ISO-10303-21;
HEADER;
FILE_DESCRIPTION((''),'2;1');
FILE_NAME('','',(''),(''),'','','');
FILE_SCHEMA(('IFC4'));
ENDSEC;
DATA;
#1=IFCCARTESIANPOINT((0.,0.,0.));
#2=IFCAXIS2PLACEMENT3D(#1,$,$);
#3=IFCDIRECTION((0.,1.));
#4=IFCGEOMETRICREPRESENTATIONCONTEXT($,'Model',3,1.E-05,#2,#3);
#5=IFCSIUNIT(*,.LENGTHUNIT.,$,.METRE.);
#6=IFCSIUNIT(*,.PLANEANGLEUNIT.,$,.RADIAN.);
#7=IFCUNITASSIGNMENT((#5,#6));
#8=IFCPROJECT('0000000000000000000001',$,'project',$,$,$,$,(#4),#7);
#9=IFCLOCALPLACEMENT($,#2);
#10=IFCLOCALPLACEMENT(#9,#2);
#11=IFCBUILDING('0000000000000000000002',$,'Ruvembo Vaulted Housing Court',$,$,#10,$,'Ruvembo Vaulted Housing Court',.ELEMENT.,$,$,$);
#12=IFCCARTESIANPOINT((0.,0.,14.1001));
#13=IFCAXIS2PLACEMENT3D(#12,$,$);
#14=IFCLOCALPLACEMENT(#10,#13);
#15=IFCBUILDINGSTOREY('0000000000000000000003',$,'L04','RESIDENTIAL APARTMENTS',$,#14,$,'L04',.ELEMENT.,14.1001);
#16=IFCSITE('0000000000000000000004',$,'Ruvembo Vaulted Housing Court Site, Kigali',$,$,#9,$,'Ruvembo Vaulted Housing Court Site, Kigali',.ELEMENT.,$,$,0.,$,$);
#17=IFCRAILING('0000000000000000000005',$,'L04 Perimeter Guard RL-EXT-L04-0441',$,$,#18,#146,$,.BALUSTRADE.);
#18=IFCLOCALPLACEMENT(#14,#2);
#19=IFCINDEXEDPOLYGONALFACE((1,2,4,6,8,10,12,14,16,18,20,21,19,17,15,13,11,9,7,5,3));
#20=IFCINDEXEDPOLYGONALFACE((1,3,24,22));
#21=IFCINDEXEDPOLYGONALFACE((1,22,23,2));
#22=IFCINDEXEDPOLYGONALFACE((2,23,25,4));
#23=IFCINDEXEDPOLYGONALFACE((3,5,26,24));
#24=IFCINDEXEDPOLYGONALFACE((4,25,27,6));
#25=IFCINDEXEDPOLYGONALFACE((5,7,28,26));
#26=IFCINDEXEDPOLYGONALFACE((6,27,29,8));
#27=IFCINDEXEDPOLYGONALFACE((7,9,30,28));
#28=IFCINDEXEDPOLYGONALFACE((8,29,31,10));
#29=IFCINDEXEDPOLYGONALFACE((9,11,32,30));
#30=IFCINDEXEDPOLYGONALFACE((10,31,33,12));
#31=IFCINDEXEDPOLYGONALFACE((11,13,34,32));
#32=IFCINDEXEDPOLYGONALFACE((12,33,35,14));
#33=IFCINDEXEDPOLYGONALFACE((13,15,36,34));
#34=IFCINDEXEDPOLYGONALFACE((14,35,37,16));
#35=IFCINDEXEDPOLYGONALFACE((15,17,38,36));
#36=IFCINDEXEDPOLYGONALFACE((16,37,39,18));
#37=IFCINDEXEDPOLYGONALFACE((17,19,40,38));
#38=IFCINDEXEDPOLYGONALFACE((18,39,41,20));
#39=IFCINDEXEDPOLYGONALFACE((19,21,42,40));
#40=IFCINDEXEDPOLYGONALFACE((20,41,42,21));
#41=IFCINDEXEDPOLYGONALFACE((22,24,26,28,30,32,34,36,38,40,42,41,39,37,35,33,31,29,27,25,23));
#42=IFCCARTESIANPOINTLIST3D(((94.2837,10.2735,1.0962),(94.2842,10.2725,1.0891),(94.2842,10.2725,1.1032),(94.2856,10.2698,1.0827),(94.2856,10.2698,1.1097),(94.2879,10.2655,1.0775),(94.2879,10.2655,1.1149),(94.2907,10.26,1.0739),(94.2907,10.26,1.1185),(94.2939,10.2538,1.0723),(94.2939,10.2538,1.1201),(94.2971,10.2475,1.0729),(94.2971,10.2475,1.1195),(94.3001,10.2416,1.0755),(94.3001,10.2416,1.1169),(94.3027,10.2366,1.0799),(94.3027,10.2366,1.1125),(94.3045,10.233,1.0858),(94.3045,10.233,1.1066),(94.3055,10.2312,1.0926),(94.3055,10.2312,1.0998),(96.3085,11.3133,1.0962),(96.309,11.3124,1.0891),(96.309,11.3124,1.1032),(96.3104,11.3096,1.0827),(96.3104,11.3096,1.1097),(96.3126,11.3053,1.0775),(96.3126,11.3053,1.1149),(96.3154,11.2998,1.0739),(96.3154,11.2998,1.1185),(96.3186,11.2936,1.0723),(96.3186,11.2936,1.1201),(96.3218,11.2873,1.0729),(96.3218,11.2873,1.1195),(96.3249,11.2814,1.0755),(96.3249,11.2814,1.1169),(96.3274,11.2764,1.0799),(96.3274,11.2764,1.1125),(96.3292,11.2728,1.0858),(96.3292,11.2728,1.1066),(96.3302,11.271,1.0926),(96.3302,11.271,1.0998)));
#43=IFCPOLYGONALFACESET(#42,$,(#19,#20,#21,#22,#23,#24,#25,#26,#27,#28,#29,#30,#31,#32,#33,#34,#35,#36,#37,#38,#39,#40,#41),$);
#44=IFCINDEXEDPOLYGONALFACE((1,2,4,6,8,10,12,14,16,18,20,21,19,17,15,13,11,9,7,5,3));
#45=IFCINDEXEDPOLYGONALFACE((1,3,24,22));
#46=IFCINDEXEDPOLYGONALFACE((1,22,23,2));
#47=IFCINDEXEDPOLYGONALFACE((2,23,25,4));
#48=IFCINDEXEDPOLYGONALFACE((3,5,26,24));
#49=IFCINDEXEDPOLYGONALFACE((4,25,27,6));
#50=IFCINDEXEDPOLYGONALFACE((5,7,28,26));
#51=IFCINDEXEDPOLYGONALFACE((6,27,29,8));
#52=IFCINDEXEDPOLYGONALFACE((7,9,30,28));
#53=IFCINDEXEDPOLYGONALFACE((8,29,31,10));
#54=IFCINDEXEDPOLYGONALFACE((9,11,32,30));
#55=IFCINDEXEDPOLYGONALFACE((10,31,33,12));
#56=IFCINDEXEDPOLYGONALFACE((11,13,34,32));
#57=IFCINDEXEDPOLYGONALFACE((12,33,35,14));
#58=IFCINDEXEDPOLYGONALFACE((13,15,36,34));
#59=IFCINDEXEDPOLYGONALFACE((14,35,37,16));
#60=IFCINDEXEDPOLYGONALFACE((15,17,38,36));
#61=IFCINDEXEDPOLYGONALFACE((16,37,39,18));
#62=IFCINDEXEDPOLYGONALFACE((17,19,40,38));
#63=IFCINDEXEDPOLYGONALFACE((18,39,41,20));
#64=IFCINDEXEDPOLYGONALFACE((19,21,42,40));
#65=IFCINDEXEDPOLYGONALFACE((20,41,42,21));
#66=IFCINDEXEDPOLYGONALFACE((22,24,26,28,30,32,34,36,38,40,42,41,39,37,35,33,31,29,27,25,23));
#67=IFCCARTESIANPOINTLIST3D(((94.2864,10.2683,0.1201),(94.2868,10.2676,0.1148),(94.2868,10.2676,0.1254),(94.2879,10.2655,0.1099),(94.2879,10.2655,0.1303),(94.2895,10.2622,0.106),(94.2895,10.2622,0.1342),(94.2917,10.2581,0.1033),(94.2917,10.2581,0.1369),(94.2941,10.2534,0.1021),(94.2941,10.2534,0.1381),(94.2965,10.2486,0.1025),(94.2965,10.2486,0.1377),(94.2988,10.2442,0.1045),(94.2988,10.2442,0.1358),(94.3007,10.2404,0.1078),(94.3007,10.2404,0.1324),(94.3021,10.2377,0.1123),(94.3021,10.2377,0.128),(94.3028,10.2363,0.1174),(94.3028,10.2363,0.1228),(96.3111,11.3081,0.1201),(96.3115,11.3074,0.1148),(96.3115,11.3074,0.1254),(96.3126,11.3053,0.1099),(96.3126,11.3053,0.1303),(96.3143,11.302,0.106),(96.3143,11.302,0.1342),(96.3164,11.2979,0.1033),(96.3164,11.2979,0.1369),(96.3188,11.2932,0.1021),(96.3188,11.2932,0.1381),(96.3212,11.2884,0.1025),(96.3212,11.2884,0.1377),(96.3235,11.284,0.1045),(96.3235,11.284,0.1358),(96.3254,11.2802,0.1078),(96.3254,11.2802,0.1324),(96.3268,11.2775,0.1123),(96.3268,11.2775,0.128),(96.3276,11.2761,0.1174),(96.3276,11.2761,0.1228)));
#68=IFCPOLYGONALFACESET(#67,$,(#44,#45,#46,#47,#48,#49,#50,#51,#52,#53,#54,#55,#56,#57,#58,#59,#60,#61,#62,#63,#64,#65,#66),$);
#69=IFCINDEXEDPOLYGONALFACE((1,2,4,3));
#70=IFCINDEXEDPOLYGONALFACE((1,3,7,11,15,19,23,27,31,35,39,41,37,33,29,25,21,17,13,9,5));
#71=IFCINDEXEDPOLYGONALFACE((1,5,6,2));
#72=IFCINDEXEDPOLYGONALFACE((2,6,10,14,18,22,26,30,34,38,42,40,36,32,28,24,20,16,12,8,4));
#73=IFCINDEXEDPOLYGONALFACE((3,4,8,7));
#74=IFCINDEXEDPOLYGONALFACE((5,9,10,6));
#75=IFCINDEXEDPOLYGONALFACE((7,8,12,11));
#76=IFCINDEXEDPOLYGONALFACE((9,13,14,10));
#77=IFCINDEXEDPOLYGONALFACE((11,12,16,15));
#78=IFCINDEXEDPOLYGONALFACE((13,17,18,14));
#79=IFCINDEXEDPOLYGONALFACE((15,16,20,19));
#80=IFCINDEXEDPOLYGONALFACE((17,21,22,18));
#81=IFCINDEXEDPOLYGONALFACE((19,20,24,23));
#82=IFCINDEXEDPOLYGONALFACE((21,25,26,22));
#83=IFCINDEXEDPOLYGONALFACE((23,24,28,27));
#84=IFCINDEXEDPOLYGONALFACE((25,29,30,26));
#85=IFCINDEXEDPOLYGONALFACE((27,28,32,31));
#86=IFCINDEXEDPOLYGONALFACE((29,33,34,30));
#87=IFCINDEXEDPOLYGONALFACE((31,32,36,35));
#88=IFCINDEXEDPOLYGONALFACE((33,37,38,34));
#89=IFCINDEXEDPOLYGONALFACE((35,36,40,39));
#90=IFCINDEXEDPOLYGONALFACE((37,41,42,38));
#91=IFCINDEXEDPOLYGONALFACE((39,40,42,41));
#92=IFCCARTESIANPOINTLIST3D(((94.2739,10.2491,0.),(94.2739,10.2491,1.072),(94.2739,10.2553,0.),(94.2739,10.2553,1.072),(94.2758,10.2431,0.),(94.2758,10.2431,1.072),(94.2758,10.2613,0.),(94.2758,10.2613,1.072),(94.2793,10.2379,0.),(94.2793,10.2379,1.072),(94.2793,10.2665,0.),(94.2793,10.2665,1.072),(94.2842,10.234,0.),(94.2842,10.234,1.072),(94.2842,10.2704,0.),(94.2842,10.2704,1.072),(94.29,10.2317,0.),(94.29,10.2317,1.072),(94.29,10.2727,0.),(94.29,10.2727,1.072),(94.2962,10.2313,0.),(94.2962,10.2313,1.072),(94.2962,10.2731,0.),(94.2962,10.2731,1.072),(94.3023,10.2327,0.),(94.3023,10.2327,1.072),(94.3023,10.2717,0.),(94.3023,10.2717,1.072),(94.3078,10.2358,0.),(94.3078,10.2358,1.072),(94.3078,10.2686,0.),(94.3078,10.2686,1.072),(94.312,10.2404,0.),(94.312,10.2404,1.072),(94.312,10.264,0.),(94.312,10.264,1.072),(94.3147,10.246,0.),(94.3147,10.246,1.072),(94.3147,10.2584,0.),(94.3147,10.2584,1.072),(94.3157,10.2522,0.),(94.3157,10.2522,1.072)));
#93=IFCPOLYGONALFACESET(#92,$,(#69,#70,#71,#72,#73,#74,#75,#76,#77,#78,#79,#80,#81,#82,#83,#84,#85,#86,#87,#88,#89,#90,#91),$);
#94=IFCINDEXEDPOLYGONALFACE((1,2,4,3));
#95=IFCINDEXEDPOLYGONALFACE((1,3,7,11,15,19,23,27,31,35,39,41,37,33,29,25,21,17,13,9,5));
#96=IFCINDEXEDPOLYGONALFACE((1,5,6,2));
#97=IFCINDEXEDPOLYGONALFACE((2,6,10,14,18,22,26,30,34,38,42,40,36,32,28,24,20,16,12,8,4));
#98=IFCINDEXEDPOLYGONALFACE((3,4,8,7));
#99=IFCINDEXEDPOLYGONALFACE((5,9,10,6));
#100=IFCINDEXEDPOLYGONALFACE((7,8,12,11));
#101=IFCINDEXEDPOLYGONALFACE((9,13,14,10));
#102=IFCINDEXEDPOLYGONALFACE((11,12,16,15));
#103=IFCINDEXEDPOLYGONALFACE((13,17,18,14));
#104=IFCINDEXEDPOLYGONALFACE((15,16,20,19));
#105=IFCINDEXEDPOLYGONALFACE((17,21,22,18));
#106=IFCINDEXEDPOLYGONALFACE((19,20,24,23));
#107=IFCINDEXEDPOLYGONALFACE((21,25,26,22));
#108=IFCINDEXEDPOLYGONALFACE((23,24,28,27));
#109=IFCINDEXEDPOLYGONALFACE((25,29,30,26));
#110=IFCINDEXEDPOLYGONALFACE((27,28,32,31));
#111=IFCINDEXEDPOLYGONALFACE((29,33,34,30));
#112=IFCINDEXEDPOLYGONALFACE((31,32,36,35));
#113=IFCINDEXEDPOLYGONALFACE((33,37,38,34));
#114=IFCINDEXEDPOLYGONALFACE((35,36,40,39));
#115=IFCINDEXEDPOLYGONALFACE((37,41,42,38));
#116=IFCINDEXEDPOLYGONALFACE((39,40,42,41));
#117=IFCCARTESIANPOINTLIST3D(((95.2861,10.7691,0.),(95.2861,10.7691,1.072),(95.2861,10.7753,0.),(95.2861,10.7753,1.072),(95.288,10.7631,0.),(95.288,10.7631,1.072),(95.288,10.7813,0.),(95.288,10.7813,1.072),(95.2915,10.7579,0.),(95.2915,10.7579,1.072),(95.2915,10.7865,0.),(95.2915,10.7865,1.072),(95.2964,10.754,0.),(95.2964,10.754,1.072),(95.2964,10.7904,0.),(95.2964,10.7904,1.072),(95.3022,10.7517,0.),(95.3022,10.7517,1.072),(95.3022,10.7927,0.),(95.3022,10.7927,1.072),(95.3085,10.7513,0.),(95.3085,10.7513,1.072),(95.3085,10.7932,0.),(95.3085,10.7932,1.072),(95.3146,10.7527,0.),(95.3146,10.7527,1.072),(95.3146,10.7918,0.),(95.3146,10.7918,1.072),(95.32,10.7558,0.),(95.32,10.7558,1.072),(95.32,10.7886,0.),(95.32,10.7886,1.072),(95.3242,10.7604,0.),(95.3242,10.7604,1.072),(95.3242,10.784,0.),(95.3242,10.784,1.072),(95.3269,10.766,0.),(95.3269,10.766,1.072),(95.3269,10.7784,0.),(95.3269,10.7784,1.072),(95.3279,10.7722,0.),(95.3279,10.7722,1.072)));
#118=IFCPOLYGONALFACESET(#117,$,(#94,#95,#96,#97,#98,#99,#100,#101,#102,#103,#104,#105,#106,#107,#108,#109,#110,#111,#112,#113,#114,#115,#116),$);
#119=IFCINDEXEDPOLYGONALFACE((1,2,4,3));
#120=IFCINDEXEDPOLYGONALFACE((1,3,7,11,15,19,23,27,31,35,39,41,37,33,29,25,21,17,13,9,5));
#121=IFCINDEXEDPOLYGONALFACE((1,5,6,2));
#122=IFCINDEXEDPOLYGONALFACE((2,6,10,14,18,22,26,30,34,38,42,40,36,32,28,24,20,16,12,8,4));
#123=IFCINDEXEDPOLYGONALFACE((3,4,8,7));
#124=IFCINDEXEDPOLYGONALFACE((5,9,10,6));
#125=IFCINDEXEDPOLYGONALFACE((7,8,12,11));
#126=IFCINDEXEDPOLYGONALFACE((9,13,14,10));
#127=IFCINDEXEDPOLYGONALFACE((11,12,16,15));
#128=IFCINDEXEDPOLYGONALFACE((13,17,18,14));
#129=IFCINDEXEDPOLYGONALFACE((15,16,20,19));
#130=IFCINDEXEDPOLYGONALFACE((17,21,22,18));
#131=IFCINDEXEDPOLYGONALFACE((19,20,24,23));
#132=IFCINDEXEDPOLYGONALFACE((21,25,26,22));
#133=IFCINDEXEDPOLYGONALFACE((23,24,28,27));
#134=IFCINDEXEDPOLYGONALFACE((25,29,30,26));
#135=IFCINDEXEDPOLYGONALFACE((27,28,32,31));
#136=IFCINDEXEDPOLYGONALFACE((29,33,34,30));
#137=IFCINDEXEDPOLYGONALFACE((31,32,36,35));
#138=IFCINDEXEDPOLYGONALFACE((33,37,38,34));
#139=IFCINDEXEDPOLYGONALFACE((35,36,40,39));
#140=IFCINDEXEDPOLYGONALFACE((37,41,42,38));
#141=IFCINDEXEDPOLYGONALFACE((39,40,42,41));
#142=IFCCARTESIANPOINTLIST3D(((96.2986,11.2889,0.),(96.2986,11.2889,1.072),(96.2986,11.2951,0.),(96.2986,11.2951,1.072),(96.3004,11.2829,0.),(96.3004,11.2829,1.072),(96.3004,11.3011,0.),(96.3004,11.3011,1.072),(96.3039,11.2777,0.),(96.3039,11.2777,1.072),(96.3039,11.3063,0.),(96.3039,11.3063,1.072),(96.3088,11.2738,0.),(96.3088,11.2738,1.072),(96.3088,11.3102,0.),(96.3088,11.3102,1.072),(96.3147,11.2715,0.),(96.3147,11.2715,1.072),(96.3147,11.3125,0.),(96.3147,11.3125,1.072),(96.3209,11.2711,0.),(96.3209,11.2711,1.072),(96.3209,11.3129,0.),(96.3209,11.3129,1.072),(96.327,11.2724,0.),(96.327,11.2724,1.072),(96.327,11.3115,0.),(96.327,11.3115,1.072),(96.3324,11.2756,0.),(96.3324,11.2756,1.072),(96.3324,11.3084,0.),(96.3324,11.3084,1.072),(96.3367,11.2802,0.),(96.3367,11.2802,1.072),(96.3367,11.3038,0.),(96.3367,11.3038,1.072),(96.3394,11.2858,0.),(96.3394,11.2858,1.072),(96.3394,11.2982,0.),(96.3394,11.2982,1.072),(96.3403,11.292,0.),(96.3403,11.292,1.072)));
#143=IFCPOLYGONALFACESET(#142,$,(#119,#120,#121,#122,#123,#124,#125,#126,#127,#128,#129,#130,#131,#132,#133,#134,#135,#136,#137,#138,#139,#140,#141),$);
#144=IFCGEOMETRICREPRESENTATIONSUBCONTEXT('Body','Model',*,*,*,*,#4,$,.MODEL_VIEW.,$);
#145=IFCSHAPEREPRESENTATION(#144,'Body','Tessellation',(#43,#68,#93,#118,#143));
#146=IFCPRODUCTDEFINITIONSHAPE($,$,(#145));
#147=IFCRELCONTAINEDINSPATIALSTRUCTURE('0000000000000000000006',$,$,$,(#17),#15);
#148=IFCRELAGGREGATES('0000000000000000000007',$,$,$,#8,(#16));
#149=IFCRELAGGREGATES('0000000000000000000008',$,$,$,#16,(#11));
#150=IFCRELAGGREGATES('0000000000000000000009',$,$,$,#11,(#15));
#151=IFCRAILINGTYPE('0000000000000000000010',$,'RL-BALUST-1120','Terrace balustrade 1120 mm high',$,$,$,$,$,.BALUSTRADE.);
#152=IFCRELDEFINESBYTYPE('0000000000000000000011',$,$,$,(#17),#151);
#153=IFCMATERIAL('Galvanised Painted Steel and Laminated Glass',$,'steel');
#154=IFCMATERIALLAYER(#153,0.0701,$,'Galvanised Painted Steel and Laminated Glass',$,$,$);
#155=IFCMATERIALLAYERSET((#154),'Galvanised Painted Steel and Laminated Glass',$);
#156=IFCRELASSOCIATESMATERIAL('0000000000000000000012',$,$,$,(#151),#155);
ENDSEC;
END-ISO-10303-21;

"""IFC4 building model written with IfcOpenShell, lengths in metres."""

from ifc_helpers import new_model, si_unit, direction, frame, origin, origin_2d, place, context, subcontext, project, spatial, circle, extrude, material, layer, layer_set, type_object, element, save


model = new_model("IFC4")

# Units and contexts
model_context = context("Model", 3, precision=1e-05, world=origin(), true_north=direction((0.0, 1.0)))
body_context = subcontext(model_context, "Body", "Model", "MODEL_VIEW")
ifc_project = project(units=[si_unit("LENGTHUNIT", "METRE"), si_unit("PLANEANGLEUNIT", "RADIAN")], contexts=[model_context])

# Site, building, storey
site_placement = place(None, origin())
site = spatial("IfcSite", under=ifc_project, at=site_placement, Name="Ruvembo Vaulted Housing Court Site, Kigali", LongName="Ruvembo Vaulted Housing Court Site, Kigali", CompositionType="ELEMENT", RefElevation=0.0)
building_placement = place(site_placement, origin())
building = spatial("IfcBuilding", under=site, at=building_placement, Name="Ruvembo Vaulted Housing Court", LongName="Ruvembo Vaulted Housing Court", CompositionType="ELEMENT")
storey_placement = place(building_placement, frame((0.0, 0.0, 14.1001)))
storey = spatial("IfcBuildingStorey", under=building, at=storey_placement, Name="L04", Description="RESIDENTIAL APARTMENTS", LongName="L04", CompositionType="ELEMENT", Elevation=14.1001)

# Railing
ifc_material_1 = material(Name="Galvanised Painted Steel and Laminated Glass", Category="steel")
ifc_layer_1 = layer(ifc_material_1, 0.0701, Name="Galvanised Painted Steel and Laminated Glass")
ifc_layer_set_1 = layer_set([ifc_layer_1], Name="Galvanised Painted Steel and Laminated Glass")
railing_type_1 = type_object("IfcRailingType", Name="RL-BALUST-1120", Description="Terrace balustrade 1120 mm high", PredefinedType="BALUSTRADE", material=ifc_layer_set_1)
railing_1_placement = place(storey_placement, frame((94.2947, 10.2522, 0.0)))
element("IfcRailing", 1, at=railing_1_placement, inside=storey, type_object=railing_type_1, Name="L04 Perimeter Guard RL-EXT-L04-0441", PredefinedType="BALUSTRADE", context=body_context, shape_type="SweptSolid", body=[
    extrude(circle(Radius=0.0239, at=origin_2d()), frame((0.0, 0.0, 1.0962), z_axis=(0.889548, 0.456841, 0.0), x_axis=(-0.456841, 0.889548, 0.0)), (0.0, 0.0, 1.0), 2.2761),
    extrude(circle(Radius=0.0181, at=origin_2d()), frame((0.0, 0.0, 0.1201), z_axis=(0.889548, 0.456841, 0.0), x_axis=(-0.456841, 0.889548, 0.0)), (0.0, 0.0, 1.0), 2.2761),
    extrude(circle(Radius=0.021, at=origin_2d()), origin(), (0.0, 0.0, 1.0), 1.072),
    extrude(circle(Radius=0.021, at=origin_2d()), frame((1.0122, 0.52, 0.0)), (0.0, 0.0, 1.0), 1.072),
    extrude(circle(Radius=0.021, at=origin_2d()), frame((2.0247, 1.0398, 0.0)), (0.0, 0.0, 1.0), 1.072),
])

save(model, "model.ifc")
